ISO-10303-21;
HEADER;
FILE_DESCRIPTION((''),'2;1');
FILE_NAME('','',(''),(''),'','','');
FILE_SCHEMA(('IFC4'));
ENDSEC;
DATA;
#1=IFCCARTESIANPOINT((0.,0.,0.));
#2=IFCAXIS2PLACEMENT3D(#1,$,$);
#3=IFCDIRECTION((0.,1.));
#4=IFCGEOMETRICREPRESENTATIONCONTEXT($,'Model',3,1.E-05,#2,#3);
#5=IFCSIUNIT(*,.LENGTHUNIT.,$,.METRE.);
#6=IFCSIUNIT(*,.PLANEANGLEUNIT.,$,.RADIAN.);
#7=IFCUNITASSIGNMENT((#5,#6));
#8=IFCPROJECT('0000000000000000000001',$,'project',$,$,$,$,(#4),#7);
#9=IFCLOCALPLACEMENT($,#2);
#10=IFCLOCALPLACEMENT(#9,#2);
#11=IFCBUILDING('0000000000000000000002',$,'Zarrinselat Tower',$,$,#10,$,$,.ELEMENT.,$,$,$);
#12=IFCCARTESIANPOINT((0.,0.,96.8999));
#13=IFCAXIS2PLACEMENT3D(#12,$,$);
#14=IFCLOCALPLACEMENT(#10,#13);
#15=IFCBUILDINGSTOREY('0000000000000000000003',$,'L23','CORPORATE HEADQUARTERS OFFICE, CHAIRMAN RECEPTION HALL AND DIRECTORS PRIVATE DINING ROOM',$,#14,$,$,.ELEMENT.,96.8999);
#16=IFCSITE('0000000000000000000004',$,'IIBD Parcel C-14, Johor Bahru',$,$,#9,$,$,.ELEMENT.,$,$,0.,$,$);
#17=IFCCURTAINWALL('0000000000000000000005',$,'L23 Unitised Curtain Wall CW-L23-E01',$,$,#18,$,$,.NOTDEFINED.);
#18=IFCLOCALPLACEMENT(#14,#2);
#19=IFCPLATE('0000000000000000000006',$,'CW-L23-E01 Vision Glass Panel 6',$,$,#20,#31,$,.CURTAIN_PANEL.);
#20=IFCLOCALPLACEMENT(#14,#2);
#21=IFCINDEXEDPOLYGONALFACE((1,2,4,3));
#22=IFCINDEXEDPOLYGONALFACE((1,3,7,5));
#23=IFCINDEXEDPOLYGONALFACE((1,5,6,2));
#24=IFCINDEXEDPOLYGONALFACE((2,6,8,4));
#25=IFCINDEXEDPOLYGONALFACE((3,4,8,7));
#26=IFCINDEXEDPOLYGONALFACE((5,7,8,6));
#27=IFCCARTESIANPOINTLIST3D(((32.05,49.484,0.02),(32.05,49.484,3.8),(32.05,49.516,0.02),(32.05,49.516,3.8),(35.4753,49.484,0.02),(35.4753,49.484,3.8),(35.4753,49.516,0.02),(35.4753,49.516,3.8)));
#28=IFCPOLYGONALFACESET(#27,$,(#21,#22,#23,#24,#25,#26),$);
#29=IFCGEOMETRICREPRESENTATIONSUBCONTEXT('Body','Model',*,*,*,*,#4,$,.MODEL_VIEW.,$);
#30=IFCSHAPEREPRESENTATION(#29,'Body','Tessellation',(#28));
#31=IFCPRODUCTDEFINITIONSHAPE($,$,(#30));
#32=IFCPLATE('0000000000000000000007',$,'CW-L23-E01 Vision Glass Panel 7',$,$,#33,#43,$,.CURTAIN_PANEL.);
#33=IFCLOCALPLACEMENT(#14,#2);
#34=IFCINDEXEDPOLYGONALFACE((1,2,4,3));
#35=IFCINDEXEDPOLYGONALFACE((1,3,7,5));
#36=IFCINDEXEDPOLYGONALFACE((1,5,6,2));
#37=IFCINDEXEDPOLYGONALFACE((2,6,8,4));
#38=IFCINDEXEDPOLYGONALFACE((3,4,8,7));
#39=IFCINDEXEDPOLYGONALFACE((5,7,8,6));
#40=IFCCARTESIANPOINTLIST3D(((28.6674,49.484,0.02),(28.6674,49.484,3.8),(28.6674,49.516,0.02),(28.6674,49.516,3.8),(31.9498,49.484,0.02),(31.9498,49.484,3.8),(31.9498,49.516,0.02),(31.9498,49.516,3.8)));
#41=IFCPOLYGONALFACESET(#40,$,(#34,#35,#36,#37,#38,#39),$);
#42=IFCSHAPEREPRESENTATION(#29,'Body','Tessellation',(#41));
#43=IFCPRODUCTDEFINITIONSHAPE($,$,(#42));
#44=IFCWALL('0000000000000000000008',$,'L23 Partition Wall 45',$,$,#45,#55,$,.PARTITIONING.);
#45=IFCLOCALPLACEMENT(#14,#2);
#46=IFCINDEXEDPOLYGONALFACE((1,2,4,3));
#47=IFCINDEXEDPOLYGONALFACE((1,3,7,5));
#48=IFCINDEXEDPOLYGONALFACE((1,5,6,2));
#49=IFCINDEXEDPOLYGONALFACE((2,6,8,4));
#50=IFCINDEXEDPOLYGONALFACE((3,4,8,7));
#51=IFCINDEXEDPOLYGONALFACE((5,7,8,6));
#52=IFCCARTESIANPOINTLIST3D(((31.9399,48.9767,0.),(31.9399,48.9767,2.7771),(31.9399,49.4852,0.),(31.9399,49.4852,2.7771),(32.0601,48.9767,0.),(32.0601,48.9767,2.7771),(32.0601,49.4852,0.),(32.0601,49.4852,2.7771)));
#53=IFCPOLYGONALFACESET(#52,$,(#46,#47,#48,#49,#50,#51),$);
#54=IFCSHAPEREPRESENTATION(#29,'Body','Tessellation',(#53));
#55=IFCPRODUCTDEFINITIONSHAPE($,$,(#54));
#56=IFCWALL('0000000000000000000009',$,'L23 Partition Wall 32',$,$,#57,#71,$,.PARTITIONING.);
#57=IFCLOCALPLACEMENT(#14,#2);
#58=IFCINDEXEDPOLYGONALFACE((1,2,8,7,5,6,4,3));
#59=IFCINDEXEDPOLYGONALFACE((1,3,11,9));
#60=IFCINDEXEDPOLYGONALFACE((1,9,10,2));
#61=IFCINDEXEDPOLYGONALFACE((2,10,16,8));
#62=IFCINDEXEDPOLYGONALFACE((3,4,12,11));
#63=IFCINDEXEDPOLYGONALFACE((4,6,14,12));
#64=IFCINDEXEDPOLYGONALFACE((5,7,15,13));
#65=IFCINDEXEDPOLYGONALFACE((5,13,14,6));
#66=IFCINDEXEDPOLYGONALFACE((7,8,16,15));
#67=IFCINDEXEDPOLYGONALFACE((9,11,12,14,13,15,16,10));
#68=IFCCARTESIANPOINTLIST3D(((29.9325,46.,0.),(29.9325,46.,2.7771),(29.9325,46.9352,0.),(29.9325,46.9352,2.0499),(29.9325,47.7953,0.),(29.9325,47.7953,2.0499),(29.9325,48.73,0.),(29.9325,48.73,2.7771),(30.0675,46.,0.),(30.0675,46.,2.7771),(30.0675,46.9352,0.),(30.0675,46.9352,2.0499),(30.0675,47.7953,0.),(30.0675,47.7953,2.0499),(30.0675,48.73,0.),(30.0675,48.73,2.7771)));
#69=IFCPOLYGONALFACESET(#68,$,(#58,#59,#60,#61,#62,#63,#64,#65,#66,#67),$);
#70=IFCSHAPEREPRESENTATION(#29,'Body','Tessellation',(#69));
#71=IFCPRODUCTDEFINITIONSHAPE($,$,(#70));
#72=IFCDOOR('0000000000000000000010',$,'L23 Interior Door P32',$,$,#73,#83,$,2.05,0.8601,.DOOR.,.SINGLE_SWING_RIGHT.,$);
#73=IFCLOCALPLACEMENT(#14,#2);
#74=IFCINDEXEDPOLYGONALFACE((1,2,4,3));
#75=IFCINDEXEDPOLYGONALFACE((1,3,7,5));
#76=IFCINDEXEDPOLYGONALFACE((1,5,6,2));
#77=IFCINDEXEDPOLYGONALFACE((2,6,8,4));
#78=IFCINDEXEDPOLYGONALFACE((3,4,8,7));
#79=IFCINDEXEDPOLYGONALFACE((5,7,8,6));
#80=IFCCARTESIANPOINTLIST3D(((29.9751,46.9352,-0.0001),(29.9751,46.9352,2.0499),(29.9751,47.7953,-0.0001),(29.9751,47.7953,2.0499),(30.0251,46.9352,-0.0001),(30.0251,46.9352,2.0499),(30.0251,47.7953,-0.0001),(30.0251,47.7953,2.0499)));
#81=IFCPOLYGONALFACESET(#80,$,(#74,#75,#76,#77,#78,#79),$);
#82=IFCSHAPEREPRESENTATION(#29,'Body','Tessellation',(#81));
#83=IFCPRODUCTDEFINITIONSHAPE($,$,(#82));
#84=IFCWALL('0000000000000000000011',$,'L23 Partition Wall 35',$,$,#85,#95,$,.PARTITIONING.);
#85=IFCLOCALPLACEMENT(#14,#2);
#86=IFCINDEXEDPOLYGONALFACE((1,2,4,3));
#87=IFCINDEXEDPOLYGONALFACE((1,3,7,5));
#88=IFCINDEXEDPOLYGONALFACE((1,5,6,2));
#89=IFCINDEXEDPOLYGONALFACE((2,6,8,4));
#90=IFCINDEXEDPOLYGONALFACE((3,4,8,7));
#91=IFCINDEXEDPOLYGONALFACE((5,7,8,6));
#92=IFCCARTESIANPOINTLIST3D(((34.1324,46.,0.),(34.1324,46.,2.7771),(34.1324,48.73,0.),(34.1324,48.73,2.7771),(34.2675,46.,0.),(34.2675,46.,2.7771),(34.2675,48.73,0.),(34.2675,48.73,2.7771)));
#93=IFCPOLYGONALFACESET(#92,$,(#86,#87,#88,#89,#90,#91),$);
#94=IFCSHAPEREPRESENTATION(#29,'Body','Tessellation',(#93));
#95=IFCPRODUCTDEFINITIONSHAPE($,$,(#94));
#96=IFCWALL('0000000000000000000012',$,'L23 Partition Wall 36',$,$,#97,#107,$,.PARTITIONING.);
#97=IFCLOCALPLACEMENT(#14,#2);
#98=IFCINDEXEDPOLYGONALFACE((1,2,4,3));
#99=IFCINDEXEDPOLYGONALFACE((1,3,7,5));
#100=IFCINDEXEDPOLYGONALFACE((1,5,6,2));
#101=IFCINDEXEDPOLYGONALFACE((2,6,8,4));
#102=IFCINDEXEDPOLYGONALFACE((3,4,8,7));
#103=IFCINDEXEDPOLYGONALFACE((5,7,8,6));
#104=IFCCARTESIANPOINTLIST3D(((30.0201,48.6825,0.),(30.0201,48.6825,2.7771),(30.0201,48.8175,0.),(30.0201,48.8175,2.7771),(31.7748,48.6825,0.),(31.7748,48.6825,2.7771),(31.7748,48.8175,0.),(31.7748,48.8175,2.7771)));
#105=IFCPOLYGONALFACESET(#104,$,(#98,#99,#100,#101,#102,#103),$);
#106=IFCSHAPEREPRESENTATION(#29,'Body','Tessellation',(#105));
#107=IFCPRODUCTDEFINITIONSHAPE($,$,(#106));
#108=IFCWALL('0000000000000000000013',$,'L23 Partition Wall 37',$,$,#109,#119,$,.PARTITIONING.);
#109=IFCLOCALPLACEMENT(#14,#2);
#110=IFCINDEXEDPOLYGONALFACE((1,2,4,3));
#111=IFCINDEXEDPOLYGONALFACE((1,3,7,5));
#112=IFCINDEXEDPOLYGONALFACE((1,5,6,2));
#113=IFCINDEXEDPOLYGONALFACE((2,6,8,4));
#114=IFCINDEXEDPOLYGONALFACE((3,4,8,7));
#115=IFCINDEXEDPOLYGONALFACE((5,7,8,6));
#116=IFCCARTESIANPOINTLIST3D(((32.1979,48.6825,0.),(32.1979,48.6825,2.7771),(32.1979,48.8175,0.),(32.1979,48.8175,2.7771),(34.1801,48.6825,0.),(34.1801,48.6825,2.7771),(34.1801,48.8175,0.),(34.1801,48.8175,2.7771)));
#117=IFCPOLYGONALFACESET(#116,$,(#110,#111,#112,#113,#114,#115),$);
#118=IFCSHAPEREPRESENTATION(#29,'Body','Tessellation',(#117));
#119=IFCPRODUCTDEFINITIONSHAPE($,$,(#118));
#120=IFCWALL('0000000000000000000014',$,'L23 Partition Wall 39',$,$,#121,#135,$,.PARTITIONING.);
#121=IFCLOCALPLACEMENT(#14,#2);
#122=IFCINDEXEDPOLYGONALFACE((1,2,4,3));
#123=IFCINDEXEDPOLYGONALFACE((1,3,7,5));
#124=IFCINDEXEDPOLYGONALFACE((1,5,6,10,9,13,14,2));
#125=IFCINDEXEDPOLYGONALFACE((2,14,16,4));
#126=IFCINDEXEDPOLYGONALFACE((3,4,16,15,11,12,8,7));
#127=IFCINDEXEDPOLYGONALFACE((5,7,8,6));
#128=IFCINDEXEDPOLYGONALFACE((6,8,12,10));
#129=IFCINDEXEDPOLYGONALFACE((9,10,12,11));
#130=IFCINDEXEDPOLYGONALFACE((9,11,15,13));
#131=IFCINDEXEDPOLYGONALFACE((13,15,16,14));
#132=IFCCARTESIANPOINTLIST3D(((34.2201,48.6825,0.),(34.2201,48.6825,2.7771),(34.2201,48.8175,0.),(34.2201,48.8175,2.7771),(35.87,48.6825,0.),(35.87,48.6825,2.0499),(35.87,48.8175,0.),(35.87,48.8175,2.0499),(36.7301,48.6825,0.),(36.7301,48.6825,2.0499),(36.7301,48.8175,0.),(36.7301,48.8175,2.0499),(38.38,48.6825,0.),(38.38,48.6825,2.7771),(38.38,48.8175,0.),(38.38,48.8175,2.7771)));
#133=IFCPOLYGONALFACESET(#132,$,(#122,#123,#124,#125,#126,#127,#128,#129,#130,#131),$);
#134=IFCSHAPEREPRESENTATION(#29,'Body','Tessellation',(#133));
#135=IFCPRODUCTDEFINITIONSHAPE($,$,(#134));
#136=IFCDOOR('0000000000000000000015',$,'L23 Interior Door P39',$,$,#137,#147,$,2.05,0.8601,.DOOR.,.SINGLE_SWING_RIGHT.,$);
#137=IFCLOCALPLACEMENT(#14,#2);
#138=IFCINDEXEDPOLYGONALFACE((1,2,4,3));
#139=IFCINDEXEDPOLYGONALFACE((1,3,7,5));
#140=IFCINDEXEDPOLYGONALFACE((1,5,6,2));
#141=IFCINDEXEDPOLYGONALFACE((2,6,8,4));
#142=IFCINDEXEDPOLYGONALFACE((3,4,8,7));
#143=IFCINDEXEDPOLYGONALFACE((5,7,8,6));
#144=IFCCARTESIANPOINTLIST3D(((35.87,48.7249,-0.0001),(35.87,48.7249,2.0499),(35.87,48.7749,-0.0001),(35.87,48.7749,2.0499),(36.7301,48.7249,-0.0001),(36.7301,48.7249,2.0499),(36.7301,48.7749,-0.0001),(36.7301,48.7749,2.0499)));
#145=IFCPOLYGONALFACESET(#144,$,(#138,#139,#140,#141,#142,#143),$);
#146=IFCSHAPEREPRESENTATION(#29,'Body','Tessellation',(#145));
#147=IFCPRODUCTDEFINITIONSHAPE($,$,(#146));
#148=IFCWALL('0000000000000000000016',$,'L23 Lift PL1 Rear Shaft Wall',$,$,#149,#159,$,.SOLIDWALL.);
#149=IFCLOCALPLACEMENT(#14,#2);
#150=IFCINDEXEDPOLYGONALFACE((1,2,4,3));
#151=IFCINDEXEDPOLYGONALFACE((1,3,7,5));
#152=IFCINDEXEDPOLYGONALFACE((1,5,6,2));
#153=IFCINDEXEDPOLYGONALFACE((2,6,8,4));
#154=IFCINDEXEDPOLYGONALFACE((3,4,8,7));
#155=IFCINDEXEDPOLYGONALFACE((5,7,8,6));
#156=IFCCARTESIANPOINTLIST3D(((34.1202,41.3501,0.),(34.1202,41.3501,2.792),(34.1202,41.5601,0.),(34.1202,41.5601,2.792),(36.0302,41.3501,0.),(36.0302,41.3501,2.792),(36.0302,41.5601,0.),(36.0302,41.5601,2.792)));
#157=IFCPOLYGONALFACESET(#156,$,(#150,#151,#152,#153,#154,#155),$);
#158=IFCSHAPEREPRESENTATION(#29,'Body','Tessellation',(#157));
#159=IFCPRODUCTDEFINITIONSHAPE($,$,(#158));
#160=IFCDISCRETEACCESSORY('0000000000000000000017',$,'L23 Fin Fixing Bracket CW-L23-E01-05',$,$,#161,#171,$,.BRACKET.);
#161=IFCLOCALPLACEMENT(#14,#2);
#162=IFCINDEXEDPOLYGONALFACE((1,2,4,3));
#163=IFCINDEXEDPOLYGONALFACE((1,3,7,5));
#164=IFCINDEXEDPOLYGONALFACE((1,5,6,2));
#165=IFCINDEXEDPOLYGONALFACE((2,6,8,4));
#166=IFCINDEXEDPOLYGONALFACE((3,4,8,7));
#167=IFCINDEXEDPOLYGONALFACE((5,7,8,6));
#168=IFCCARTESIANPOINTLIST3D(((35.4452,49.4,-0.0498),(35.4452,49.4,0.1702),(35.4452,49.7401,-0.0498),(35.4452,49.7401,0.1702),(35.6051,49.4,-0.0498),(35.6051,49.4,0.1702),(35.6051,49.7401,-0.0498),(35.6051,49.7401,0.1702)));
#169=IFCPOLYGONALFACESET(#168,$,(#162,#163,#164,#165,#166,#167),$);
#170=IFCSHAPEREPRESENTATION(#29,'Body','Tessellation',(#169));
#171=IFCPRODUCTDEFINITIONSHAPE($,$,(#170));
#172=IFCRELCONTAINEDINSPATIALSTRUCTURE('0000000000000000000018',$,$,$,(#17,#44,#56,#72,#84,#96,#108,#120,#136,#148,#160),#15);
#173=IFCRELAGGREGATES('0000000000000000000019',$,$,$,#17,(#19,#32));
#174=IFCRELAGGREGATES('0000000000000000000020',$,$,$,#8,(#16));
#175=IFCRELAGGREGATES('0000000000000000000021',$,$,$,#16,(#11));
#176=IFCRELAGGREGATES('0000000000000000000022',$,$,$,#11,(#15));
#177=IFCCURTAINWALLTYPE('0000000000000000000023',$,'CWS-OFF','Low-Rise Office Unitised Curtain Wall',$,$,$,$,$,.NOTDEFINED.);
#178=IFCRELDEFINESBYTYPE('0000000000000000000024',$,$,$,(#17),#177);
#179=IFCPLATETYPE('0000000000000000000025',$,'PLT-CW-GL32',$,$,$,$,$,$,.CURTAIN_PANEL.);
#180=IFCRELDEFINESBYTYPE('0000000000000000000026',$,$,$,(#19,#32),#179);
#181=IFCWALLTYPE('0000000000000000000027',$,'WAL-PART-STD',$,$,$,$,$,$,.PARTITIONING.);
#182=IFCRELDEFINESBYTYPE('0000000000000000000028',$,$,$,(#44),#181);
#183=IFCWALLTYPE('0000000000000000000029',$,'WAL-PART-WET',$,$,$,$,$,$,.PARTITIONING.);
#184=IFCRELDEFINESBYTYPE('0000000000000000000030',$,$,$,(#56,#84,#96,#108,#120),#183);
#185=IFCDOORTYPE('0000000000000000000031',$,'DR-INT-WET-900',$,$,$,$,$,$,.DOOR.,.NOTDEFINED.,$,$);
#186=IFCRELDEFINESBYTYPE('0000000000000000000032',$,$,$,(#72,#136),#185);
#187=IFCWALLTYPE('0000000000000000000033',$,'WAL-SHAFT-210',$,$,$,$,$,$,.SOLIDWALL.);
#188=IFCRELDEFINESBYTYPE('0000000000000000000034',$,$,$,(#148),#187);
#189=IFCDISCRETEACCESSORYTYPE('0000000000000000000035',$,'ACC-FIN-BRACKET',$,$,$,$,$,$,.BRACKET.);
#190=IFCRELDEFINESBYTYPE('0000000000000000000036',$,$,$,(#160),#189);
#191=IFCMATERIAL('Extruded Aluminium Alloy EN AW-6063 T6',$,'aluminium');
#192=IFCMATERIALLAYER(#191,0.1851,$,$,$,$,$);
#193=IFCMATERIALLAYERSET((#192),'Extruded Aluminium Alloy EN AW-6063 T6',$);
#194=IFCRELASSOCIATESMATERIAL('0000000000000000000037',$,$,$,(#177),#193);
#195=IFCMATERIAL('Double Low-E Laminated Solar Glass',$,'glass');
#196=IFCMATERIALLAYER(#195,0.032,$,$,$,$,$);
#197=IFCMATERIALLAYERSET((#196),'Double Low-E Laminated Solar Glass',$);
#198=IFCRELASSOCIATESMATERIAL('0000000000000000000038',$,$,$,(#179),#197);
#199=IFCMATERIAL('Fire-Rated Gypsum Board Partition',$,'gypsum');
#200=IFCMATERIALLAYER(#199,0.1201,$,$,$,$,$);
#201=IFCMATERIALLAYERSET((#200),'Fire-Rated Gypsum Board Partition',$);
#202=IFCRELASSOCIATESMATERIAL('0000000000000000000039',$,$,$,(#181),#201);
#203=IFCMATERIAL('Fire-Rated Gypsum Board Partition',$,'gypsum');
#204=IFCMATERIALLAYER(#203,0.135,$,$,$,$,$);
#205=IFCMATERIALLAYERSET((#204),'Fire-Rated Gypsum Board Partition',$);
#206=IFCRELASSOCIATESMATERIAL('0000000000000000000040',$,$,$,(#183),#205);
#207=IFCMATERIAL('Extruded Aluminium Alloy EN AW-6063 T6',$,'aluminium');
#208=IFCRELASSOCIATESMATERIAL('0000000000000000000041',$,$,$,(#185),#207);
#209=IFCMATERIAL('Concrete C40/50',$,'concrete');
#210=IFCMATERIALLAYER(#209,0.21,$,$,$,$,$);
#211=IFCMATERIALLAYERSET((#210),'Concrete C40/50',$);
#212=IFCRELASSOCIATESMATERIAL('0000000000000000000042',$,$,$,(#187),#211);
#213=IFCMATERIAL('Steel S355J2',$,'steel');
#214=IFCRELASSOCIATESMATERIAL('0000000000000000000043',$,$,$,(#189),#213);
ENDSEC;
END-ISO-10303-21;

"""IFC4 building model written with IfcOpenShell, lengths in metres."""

from ifc_helpers import new_model, si_unit, direction, frame, frame_2d, origin, origin_2d, place, context, subcontext, project, spatial, rectangle, extrude, material, layer, layer_set, type_object, element, fill, aggregate, save


model = new_model("IFC4")

# Units and contexts
model_context = context("Model", 3, precision=1e-05, world=origin(), true_north=direction((0.0, 1.0)))
body_context = subcontext(model_context, "Body", "Model", "MODEL_VIEW")
ifc_project = project(units=[si_unit("LENGTHUNIT", "METRE"), si_unit("PLANEANGLEUNIT", "RADIAN")], contexts=[model_context])

# Site, building, storey
site_placement = place(None, origin())
site = spatial("IfcSite", under=ifc_project, at=site_placement, Name="IIBD Parcel C-14, Johor Bahru", CompositionType="ELEMENT", RefElevation=0.0)
building_placement = place(site_placement, origin())
building = spatial("IfcBuilding", under=site, at=building_placement, Name="Zarrinselat Tower", CompositionType="ELEMENT")
storey_placement = place(building_placement, frame((0.0, 0.0, 96.8999)))
storey = spatial("IfcBuildingStorey", under=building, at=storey_placement, Name="L23", Description="CORPORATE HEADQUARTERS OFFICE, CHAIRMAN RECEPTION HALL AND DIRECTORS PRIVATE DINING ROOM", CompositionType="ELEMENT", Elevation=96.8999)

# Curtain wall, plates
ifc_material_1 = material(Name="Extruded Aluminium Alloy EN AW-6063 T6", Category="aluminium")
ifc_layer_1 = layer(ifc_material_1, 0.1851)
ifc_layer_set_1 = layer_set([ifc_layer_1], Name="Extruded Aluminium Alloy EN AW-6063 T6")
curtain_wall_type = type_object("IfcCurtainWallType", Name="CWS-OFF", Description="Low-Rise Office Unitised Curtain Wall", PredefinedType="NOTDEFINED", material=ifc_layer_set_1)
curtain_wall_placement = place(storey_placement, origin())
curtain_wall = element("IfcCurtainWall", 1, at=curtain_wall_placement, inside=storey, type_object=curtain_wall_type, Name="L23 Unitised Curtain Wall CW-L23-E01", PredefinedType="NOTDEFINED")
ifc_material_2 = material(Name="Double Low-E Laminated Solar Glass", Category="glass")
ifc_layer_2 = layer(ifc_material_2, 0.032)
ifc_layer_set_2 = layer_set([ifc_layer_2], Name="Double Low-E Laminated Solar Glass")
plate_type = type_object("IfcPlateType", Name="PLT-CW-GL32", PredefinedType="CURTAIN_PANEL", material=ifc_layer_set_2)
plate_1_placement = place(storey_placement, frame((33.7627, 49.5, 0.02), z_axis=(0.0, 0.0, 1.0), x_axis=(-1.0, 0.0, 0.0)))
plate_1 = element("IfcPlate", 2, at=plate_1_placement, type_object=plate_type, Name="CW-L23-E01 Vision Glass Panel 6", PredefinedType="CURTAIN_PANEL", context=body_context, shape_type="SweptSolid", body=[
    extrude(rectangle(XDim=3.4253, YDim=0.032, at=origin_2d()), origin(), (0.0, 0.0, 1.0), 3.78),
])
plate_2_placement = place(storey_placement, frame((30.3086, 49.5, 0.02), z_axis=(0.0, 0.0, 1.0), x_axis=(-1.0, 0.0, 0.0)))
plate_2 = element("IfcPlate", 3, at=plate_2_placement, type_object=plate_type, Name="CW-L23-E01 Vision Glass Panel 7", PredefinedType="CURTAIN_PANEL", context=body_context, shape_type="SweptSolid", body=[
    extrude(rectangle(XDim=3.2825, YDim=0.032, at=origin_2d()), origin(), (0.0, 0.0, 1.0), 3.78),
])
aggregate(curtain_wall, [plate_1, plate_2])

# Wall
ifc_material_3 = material(Name="Fire-Rated Gypsum Board Partition", Category="gypsum")
ifc_layer_3 = layer(ifc_material_3, 0.1201)
ifc_layer_set_3 = layer_set([ifc_layer_3], Name="Fire-Rated Gypsum Board Partition")
wall_type_1 = type_object("IfcWallType", Name="WAL-PART-STD", PredefinedType="PARTITIONING", material=ifc_layer_set_3)
wall_1_placement = place(storey_placement, frame((32.0, 48.9766, 0.0), z_axis=(0.0, 0.0, 1.0), x_axis=(0.0, 1.0, 0.0)))
element("IfcWall", 4, at=wall_1_placement, inside=storey, type_object=wall_type_1, Name="L23 Partition Wall 45", PredefinedType="PARTITIONING", context=body_context, shape_type="SweptSolid", body=[
    extrude(rectangle(XDim=0.5085, YDim=0.1201, at=frame_2d((0.2544, 0.0))), origin(), (0.0, 0.0, 1.0), 2.7771),
])

# Wall, opening, door
ifc_material_4 = material(Name="Fire-Rated Gypsum Board Partition", Category="gypsum")
ifc_layer_4 = layer(ifc_material_4, 0.135)
ifc_layer_set_4 = layer_set([ifc_layer_4], Name="Fire-Rated Gypsum Board Partition")
wall_type_2 = type_object("IfcWallType", Name="WAL-PART-WET", PredefinedType="PARTITIONING", material=ifc_layer_set_4)
wall_2_placement = place(storey_placement, frame((30.0, 46.0, 0.0), z_axis=(0.0, 0.0, 1.0), x_axis=(0.0, 1.0, 0.0)))
wall_2 = element("IfcWall", 5, at=wall_2_placement, inside=storey, type_object=wall_type_2, Name="L23 Partition Wall 32", PredefinedType="PARTITIONING", context=body_context, shape_type="SweptSolid", body=[
    extrude(rectangle(XDim=2.73, YDim=0.135, at=frame_2d((1.365, 0.0))), origin(), (0.0, 0.0, 1.0), 2.7771),
])
opening_1_placement = place(wall_2_placement, frame((0.9351, 0.0, 0.0)))
opening_1 = element("IfcOpeningElement", 6, at=opening_1_placement, cuts=wall_2, PredefinedType="OPENING", context=body_context, shape_type="SweptSolid", body=[
    extrude(rectangle(XDim=0.8601, YDim=2.05, at=frame_2d((0.4302, 1.0249))), frame((0.0, 0.0774, 0.0), z_axis=(0.0, -1.0, 0.0), x_axis=(1.0, 0.0, 0.0)), (0.0, 0.0, 1.0), 0.155),
])
ifc_material_5 = material(Name="Extruded Aluminium Alloy EN AW-6063 T6", Category="aluminium")
door_type = type_object("IfcDoorType", Name="DR-INT-WET-900", OperationType="NOTDEFINED", PredefinedType="DOOR", material=ifc_material_5)
door_1_placement = place(opening_1_placement, origin())
door_1 = element("IfcDoor", 7, at=door_1_placement, inside=storey, type_object=door_type, Name="L23 Interior Door P32", OperationType="SINGLE_SWING_RIGHT", OverallHeight=2.05, OverallWidth=0.8601, PredefinedType="DOOR", context=body_context, shape_type="SweptSolid", body=[
    extrude(rectangle(XDim=0.8601, YDim=2.05, at=frame_2d((0.4302, 1.0249))), frame((0.0, 0.0249, 0.0), z_axis=(0.0, -1.0, 0.0), x_axis=(1.0, 0.0, 0.0)), (0.0, 0.0, 1.0), 0.05),
])
fill(opening_1, door_1)

# Walls
wall_3_placement = place(storey_placement, frame((34.2, 46.0, 0.0), z_axis=(0.0, 0.0, 1.0), x_axis=(0.0, 1.0, 0.0)))
element("IfcWall", 8, at=wall_3_placement, inside=storey, type_object=wall_type_2, Name="L23 Partition Wall 35", PredefinedType="PARTITIONING", context=body_context, shape_type="SweptSolid", body=[
    extrude(rectangle(XDim=2.73, YDim=0.135, at=frame_2d((1.365, 0.0))), origin(), (0.0, 0.0, 1.0), 2.7771),
])
wall_4_placement = place(storey_placement, frame((30.02, 48.75, 0.0), z_axis=(0.0, 0.0, 1.0), x_axis=(1.0, 0.0, 0.0)))
element("IfcWall", 9, at=wall_4_placement, inside=storey, type_object=wall_type_2, Name="L23 Partition Wall 36", PredefinedType="PARTITIONING", context=body_context, shape_type="SweptSolid", body=[
    extrude(rectangle(XDim=1.7546, YDim=0.135, at=frame_2d((0.8774, 0.0))), origin(), (0.0, 0.0, 1.0), 2.7771),
])
wall_5_placement = place(storey_placement, frame((32.1978, 48.75, 0.0), z_axis=(0.0, 0.0, 1.0), x_axis=(1.0, 0.0, 0.0)))
element("IfcWall", 10, at=wall_5_placement, inside=storey, type_object=wall_type_2, Name="L23 Partition Wall 37", PredefinedType="PARTITIONING", context=body_context, shape_type="SweptSolid", body=[
    extrude(rectangle(XDim=1.9822, YDim=0.135, at=frame_2d((0.9912, 0.0))), origin(), (0.0, 0.0, 1.0), 2.7771),
])

# Wall, opening, door
wall_6_placement = place(storey_placement, frame((34.22, 48.75, 0.0), z_axis=(0.0, 0.0, 1.0), x_axis=(1.0, 0.0, 0.0)))
wall_6 = element("IfcWall", 11, at=wall_6_placement, inside=storey, type_object=wall_type_2, Name="L23 Partition Wall 39", PredefinedType="PARTITIONING", context=body_context, shape_type="SweptSolid", body=[
    extrude(rectangle(XDim=4.1599, YDim=0.135, at=frame_2d((2.0801, 0.0))), origin(), (0.0, 0.0, 1.0), 2.7771),
])
opening_2_placement = place(wall_6_placement, frame((1.6499, 0.0, 0.0)))
opening_2 = element("IfcOpeningElement", 12, at=opening_2_placement, cuts=wall_6, PredefinedType="OPENING", context=body_context, shape_type="SweptSolid", body=[
    extrude(rectangle(XDim=0.8601, YDim=2.05, at=frame_2d((0.4302, 1.0249))), frame((0.0, 0.0774, 0.0), z_axis=(0.0, -1.0, 0.0), x_axis=(1.0, 0.0, 0.0)), (0.0, 0.0, 1.0), 0.155),
])
door_2_placement = place(opening_2_placement, origin())
door_2 = element("IfcDoor", 13, at=door_2_placement, inside=storey, type_object=door_type, Name="L23 Interior Door P39", OperationType="SINGLE_SWING_RIGHT", OverallHeight=2.05, OverallWidth=0.8601, PredefinedType="DOOR", context=body_context, shape_type="SweptSolid", body=[
    extrude(rectangle(XDim=0.8601, YDim=2.05, at=frame_2d((0.4302, 1.0249))), frame((0.0, 0.0249, 0.0), z_axis=(0.0, -1.0, 0.0), x_axis=(1.0, 0.0, 0.0)), (0.0, 0.0, 1.0), 0.05),
])
fill(opening_2, door_2)

# Wall
ifc_material_6 = material(Name="Concrete C40/50", Category="concrete")
ifc_layer_5 = layer(ifc_material_6, 0.21)
ifc_layer_set_5 = layer_set([ifc_layer_5], Name="Concrete C40/50")
wall_type_3 = type_object("IfcWallType", Name="WAL-SHAFT-210", PredefinedType="SOLIDWALL", material=ifc_layer_set_5)
wall_7_placement = place(storey_placement, frame((34.1201, 41.4551, 0.0), z_axis=(0.0, 0.0, 1.0), x_axis=(1.0, 0.0, 0.0)))
element("IfcWall", 14, at=wall_7_placement, inside=storey, type_object=wall_type_3, Name="L23 Lift PL1 Rear Shaft Wall", PredefinedType="SOLIDWALL", context=body_context, shape_type="SweptSolid", body=[
    extrude(rectangle(XDim=1.9099, YDim=0.21, at=frame_2d((0.9551, 0.0))), origin(), (0.0, 0.0, 1.0), 2.792),
])

# Discrete accessory
ifc_material_7 = material(Name="Steel S355J2", Category="steel")
discrete_accessory_type = type_object("IfcDiscreteAccessoryType", Name="ACC-FIN-BRACKET", PredefinedType="BRACKET", material=ifc_material_7)
discrete_accessory_placement = place(storey_placement, frame((35.5251, 49.5701, -0.0498), z_axis=(0.0, 0.0, 1.0), x_axis=(0.0, 1.0, 0.0)))
element("IfcDiscreteAccessory", 15, at=discrete_accessory_placement, inside=storey, type_object=discrete_accessory_type, Name="L23 Fin Fixing Bracket CW-L23-E01-05", PredefinedType="BRACKET", context=body_context, shape_type="SweptSolid", body=[
    extrude(rectangle(XDim=0.3401, YDim=0.1599, at=origin_2d()), origin(), (0.0, 0.0, 1.0), 0.22),
])

save(model, "model.ifc")
